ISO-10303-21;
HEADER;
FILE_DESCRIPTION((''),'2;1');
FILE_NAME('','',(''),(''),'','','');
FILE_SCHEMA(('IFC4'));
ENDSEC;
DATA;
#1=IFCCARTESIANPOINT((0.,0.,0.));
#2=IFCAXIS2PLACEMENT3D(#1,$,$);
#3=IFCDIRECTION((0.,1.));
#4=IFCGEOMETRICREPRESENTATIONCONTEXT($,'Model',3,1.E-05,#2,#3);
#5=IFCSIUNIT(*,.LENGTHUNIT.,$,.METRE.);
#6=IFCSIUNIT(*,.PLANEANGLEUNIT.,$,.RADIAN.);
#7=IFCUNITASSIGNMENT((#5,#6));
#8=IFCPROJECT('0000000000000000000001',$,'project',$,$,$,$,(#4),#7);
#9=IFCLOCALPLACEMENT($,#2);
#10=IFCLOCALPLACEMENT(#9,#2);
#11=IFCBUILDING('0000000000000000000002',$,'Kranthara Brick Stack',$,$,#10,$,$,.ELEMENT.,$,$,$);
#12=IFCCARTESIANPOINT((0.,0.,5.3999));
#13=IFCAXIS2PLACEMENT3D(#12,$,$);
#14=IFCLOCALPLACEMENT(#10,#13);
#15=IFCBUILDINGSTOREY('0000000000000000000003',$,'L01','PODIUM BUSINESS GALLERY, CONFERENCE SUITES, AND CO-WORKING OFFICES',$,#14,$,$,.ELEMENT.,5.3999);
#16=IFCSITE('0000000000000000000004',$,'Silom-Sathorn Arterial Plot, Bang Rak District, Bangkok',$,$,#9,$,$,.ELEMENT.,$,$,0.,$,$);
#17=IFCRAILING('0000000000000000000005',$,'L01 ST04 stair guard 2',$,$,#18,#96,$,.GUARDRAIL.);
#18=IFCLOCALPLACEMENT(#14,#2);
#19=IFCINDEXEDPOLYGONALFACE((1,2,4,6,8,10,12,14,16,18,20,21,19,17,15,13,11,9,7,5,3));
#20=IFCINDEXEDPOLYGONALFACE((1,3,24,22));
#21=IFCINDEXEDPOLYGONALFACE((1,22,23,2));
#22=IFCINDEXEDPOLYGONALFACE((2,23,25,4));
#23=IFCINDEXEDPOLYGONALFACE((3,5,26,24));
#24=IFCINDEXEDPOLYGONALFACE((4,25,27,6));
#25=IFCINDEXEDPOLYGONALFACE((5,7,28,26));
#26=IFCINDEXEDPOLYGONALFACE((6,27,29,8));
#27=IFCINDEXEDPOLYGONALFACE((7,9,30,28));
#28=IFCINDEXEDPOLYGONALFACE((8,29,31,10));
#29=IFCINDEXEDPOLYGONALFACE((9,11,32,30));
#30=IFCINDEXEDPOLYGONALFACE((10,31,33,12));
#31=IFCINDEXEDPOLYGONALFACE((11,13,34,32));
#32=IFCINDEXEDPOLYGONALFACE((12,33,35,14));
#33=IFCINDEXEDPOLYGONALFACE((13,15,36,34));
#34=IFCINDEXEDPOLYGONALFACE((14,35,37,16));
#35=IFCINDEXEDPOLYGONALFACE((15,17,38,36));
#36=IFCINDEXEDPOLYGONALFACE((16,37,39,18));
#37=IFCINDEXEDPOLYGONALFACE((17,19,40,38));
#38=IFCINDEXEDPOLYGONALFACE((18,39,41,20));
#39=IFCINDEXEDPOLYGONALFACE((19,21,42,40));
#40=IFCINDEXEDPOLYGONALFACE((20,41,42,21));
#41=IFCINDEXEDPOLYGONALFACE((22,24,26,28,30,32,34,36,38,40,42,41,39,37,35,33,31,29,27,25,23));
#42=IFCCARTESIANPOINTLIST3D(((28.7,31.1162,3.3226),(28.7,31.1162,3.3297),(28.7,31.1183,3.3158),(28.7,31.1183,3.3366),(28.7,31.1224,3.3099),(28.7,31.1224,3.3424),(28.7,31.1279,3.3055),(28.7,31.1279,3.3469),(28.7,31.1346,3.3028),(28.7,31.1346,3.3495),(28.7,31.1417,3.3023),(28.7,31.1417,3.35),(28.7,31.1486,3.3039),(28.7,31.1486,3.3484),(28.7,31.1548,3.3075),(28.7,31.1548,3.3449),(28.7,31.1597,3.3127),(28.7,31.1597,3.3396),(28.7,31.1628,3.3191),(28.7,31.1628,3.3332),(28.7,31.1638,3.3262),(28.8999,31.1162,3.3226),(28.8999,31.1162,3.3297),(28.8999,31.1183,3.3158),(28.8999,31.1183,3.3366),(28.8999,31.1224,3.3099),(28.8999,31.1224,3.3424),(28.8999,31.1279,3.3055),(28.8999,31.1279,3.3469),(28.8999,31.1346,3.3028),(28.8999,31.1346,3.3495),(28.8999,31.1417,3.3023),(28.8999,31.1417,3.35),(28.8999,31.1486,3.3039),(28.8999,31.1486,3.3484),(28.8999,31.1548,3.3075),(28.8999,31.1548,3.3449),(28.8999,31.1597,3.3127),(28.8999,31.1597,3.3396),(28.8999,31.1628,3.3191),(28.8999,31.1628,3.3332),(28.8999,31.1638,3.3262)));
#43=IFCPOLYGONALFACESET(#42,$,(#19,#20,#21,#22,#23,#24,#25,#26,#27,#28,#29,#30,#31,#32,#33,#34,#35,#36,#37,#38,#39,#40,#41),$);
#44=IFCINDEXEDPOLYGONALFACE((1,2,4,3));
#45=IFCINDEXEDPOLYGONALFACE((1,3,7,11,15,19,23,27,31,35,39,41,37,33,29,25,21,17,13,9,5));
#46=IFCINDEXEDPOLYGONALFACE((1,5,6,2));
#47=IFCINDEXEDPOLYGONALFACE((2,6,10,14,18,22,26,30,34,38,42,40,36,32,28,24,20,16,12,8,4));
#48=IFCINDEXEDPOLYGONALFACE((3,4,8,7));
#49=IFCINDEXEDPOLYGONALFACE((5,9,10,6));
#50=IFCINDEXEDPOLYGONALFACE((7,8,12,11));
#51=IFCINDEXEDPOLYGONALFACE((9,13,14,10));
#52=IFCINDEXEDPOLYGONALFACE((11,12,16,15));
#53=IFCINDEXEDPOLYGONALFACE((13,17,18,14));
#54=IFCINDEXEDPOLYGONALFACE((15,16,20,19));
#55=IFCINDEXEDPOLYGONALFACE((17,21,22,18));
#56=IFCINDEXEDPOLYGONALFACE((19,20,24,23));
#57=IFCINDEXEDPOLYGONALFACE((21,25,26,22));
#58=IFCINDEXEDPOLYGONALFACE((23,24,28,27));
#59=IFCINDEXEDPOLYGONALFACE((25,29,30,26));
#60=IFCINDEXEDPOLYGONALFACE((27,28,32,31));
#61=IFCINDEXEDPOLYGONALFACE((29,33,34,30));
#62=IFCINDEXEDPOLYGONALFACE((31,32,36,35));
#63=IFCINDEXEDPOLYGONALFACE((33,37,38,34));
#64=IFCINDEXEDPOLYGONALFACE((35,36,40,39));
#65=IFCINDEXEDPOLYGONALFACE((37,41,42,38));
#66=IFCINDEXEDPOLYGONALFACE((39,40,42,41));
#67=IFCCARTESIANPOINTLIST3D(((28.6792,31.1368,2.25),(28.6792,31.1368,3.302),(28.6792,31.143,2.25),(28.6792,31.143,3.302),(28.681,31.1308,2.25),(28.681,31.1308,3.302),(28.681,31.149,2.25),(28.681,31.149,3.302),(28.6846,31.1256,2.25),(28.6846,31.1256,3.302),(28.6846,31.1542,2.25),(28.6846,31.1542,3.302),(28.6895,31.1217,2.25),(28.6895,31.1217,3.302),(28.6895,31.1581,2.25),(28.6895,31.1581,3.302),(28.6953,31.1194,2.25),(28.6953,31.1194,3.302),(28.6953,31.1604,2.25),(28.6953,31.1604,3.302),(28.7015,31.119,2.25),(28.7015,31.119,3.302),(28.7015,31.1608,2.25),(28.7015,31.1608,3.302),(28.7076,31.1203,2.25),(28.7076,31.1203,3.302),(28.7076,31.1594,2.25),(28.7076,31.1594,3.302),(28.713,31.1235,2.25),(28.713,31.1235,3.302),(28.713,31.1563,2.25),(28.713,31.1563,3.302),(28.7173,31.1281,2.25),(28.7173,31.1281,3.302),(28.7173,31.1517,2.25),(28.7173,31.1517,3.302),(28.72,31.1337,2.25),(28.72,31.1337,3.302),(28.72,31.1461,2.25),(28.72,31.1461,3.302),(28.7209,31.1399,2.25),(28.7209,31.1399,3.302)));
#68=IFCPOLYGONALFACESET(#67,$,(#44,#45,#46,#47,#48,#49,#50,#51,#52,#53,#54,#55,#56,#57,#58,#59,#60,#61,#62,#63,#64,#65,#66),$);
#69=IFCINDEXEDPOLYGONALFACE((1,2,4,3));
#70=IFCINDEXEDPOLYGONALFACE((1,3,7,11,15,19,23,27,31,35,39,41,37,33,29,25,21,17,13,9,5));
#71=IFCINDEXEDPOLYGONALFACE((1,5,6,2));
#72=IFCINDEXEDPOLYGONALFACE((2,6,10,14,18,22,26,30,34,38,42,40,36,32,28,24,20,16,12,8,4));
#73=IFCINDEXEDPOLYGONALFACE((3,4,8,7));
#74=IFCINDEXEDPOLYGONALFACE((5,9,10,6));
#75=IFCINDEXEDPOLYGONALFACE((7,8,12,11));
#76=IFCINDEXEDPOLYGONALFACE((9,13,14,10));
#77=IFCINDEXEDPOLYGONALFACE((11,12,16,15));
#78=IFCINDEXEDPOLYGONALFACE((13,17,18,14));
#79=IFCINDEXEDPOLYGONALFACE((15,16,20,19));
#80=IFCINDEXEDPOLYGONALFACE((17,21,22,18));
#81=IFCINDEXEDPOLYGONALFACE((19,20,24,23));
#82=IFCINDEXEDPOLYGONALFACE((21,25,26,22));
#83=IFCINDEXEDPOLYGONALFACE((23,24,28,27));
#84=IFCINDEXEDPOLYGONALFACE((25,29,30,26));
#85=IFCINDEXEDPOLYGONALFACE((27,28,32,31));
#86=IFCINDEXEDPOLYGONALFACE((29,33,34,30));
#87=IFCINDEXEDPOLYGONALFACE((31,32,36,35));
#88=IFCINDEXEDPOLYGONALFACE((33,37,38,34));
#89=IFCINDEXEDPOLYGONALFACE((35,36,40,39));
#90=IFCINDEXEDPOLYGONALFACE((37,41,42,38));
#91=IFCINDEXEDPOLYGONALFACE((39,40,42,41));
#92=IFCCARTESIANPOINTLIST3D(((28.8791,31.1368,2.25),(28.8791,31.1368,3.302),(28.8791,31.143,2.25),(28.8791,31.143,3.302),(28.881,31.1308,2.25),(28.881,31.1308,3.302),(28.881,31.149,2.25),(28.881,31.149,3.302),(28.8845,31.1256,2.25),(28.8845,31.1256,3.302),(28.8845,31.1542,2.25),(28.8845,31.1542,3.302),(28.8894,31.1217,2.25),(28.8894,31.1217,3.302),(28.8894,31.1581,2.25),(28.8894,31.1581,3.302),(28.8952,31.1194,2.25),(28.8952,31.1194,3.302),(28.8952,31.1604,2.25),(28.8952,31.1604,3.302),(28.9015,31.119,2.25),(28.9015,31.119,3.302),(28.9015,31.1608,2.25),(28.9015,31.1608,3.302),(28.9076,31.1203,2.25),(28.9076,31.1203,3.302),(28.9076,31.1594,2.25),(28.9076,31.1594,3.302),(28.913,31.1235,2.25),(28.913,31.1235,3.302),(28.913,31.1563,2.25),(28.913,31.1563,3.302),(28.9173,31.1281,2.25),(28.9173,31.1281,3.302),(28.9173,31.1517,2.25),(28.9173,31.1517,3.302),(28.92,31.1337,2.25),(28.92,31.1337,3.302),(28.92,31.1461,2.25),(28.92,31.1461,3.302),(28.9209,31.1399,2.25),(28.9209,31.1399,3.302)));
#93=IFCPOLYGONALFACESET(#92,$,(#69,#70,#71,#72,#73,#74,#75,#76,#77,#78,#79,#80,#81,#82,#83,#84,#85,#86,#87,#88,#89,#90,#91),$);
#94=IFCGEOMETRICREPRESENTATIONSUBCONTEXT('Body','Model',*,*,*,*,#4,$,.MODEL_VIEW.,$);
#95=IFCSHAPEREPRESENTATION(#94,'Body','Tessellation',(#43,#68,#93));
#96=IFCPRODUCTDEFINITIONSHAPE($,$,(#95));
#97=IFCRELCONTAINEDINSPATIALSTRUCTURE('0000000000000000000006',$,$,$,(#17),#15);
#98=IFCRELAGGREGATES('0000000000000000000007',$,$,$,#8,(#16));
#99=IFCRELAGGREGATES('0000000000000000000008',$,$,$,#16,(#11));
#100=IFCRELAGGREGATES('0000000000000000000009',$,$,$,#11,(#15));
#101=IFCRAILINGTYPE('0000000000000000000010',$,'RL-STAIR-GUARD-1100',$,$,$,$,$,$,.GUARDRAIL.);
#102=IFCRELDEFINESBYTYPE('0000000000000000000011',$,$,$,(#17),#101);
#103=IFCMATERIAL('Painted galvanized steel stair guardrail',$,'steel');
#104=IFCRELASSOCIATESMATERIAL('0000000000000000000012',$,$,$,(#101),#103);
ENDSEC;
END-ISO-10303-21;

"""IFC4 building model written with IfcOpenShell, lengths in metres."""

from ifc_helpers import new_model, si_unit, direction, frame, origin, origin_2d, place, context, subcontext, project, spatial, circle, extrude, material, type_object, element, save


model = new_model("IFC4")

# Units and contexts
model_context = context("Model", 3, precision=1e-05, world=origin(), true_north=direction((0.0, 1.0)))
body_context = subcontext(model_context, "Body", "Model", "MODEL_VIEW")
ifc_project = project(units=[si_unit("LENGTHUNIT", "METRE"), si_unit("PLANEANGLEUNIT", "RADIAN")], contexts=[model_context])

# Site, building, storey
site_placement = place(None, origin())
site = spatial("IfcSite", under=ifc_project, at=site_placement, Name="Silom-Sathorn Arterial Plot, Bang Rak District, Bangkok", CompositionType="ELEMENT", RefElevation=0.0)
building_placement = place(site_placement, origin())
building = spatial("IfcBuilding", under=site, at=building_placement, Name="Kranthara Brick Stack", CompositionType="ELEMENT")
storey_placement = place(building_placement, frame((0.0, 0.0, 5.3999)))
storey = spatial("IfcBuildingStorey", under=building, at=storey_placement, Name="L01", Description="PODIUM BUSINESS GALLERY, CONFERENCE SUITES, AND CO-WORKING OFFICES", CompositionType="ELEMENT", Elevation=5.3999)

# Railing
ifc_material_1 = material(Name="Painted galvanized steel stair guardrail", Category="steel")
railing_type_1 = type_object("IfcRailingType", Name="RL-STAIR-GUARD-1100", PredefinedType="GUARDRAIL", material=ifc_material_1)
railing_1_placement = place(storey_placement, frame((28.7, 31.1399, 2.25)))
element("IfcRailing", 1, at=railing_1_placement, inside=storey, type_object=railing_type_1, Name="L01 ST04 stair guard 2", PredefinedType="GUARDRAIL", context=body_context, shape_type="SweptSolid", body=[
    extrude(circle(Radius=0.0239, at=origin_2d()), frame((0.0, 0.0, 1.0762), z_axis=(1.0, 0.0, 0.0), x_axis=(0.0, 1.0, 0.0)), (0.0, 0.0, 1.0), 0.2),
    extrude(circle(Radius=0.021, at=origin_2d()), origin(), (0.0, 0.0, 1.0), 1.052),
    extrude(circle(Radius=0.021, at=origin_2d()), frame((0.2, 0.0, 0.0)), (0.0, 0.0, 1.0), 1.052),
])

save(model, "model.ifc")
